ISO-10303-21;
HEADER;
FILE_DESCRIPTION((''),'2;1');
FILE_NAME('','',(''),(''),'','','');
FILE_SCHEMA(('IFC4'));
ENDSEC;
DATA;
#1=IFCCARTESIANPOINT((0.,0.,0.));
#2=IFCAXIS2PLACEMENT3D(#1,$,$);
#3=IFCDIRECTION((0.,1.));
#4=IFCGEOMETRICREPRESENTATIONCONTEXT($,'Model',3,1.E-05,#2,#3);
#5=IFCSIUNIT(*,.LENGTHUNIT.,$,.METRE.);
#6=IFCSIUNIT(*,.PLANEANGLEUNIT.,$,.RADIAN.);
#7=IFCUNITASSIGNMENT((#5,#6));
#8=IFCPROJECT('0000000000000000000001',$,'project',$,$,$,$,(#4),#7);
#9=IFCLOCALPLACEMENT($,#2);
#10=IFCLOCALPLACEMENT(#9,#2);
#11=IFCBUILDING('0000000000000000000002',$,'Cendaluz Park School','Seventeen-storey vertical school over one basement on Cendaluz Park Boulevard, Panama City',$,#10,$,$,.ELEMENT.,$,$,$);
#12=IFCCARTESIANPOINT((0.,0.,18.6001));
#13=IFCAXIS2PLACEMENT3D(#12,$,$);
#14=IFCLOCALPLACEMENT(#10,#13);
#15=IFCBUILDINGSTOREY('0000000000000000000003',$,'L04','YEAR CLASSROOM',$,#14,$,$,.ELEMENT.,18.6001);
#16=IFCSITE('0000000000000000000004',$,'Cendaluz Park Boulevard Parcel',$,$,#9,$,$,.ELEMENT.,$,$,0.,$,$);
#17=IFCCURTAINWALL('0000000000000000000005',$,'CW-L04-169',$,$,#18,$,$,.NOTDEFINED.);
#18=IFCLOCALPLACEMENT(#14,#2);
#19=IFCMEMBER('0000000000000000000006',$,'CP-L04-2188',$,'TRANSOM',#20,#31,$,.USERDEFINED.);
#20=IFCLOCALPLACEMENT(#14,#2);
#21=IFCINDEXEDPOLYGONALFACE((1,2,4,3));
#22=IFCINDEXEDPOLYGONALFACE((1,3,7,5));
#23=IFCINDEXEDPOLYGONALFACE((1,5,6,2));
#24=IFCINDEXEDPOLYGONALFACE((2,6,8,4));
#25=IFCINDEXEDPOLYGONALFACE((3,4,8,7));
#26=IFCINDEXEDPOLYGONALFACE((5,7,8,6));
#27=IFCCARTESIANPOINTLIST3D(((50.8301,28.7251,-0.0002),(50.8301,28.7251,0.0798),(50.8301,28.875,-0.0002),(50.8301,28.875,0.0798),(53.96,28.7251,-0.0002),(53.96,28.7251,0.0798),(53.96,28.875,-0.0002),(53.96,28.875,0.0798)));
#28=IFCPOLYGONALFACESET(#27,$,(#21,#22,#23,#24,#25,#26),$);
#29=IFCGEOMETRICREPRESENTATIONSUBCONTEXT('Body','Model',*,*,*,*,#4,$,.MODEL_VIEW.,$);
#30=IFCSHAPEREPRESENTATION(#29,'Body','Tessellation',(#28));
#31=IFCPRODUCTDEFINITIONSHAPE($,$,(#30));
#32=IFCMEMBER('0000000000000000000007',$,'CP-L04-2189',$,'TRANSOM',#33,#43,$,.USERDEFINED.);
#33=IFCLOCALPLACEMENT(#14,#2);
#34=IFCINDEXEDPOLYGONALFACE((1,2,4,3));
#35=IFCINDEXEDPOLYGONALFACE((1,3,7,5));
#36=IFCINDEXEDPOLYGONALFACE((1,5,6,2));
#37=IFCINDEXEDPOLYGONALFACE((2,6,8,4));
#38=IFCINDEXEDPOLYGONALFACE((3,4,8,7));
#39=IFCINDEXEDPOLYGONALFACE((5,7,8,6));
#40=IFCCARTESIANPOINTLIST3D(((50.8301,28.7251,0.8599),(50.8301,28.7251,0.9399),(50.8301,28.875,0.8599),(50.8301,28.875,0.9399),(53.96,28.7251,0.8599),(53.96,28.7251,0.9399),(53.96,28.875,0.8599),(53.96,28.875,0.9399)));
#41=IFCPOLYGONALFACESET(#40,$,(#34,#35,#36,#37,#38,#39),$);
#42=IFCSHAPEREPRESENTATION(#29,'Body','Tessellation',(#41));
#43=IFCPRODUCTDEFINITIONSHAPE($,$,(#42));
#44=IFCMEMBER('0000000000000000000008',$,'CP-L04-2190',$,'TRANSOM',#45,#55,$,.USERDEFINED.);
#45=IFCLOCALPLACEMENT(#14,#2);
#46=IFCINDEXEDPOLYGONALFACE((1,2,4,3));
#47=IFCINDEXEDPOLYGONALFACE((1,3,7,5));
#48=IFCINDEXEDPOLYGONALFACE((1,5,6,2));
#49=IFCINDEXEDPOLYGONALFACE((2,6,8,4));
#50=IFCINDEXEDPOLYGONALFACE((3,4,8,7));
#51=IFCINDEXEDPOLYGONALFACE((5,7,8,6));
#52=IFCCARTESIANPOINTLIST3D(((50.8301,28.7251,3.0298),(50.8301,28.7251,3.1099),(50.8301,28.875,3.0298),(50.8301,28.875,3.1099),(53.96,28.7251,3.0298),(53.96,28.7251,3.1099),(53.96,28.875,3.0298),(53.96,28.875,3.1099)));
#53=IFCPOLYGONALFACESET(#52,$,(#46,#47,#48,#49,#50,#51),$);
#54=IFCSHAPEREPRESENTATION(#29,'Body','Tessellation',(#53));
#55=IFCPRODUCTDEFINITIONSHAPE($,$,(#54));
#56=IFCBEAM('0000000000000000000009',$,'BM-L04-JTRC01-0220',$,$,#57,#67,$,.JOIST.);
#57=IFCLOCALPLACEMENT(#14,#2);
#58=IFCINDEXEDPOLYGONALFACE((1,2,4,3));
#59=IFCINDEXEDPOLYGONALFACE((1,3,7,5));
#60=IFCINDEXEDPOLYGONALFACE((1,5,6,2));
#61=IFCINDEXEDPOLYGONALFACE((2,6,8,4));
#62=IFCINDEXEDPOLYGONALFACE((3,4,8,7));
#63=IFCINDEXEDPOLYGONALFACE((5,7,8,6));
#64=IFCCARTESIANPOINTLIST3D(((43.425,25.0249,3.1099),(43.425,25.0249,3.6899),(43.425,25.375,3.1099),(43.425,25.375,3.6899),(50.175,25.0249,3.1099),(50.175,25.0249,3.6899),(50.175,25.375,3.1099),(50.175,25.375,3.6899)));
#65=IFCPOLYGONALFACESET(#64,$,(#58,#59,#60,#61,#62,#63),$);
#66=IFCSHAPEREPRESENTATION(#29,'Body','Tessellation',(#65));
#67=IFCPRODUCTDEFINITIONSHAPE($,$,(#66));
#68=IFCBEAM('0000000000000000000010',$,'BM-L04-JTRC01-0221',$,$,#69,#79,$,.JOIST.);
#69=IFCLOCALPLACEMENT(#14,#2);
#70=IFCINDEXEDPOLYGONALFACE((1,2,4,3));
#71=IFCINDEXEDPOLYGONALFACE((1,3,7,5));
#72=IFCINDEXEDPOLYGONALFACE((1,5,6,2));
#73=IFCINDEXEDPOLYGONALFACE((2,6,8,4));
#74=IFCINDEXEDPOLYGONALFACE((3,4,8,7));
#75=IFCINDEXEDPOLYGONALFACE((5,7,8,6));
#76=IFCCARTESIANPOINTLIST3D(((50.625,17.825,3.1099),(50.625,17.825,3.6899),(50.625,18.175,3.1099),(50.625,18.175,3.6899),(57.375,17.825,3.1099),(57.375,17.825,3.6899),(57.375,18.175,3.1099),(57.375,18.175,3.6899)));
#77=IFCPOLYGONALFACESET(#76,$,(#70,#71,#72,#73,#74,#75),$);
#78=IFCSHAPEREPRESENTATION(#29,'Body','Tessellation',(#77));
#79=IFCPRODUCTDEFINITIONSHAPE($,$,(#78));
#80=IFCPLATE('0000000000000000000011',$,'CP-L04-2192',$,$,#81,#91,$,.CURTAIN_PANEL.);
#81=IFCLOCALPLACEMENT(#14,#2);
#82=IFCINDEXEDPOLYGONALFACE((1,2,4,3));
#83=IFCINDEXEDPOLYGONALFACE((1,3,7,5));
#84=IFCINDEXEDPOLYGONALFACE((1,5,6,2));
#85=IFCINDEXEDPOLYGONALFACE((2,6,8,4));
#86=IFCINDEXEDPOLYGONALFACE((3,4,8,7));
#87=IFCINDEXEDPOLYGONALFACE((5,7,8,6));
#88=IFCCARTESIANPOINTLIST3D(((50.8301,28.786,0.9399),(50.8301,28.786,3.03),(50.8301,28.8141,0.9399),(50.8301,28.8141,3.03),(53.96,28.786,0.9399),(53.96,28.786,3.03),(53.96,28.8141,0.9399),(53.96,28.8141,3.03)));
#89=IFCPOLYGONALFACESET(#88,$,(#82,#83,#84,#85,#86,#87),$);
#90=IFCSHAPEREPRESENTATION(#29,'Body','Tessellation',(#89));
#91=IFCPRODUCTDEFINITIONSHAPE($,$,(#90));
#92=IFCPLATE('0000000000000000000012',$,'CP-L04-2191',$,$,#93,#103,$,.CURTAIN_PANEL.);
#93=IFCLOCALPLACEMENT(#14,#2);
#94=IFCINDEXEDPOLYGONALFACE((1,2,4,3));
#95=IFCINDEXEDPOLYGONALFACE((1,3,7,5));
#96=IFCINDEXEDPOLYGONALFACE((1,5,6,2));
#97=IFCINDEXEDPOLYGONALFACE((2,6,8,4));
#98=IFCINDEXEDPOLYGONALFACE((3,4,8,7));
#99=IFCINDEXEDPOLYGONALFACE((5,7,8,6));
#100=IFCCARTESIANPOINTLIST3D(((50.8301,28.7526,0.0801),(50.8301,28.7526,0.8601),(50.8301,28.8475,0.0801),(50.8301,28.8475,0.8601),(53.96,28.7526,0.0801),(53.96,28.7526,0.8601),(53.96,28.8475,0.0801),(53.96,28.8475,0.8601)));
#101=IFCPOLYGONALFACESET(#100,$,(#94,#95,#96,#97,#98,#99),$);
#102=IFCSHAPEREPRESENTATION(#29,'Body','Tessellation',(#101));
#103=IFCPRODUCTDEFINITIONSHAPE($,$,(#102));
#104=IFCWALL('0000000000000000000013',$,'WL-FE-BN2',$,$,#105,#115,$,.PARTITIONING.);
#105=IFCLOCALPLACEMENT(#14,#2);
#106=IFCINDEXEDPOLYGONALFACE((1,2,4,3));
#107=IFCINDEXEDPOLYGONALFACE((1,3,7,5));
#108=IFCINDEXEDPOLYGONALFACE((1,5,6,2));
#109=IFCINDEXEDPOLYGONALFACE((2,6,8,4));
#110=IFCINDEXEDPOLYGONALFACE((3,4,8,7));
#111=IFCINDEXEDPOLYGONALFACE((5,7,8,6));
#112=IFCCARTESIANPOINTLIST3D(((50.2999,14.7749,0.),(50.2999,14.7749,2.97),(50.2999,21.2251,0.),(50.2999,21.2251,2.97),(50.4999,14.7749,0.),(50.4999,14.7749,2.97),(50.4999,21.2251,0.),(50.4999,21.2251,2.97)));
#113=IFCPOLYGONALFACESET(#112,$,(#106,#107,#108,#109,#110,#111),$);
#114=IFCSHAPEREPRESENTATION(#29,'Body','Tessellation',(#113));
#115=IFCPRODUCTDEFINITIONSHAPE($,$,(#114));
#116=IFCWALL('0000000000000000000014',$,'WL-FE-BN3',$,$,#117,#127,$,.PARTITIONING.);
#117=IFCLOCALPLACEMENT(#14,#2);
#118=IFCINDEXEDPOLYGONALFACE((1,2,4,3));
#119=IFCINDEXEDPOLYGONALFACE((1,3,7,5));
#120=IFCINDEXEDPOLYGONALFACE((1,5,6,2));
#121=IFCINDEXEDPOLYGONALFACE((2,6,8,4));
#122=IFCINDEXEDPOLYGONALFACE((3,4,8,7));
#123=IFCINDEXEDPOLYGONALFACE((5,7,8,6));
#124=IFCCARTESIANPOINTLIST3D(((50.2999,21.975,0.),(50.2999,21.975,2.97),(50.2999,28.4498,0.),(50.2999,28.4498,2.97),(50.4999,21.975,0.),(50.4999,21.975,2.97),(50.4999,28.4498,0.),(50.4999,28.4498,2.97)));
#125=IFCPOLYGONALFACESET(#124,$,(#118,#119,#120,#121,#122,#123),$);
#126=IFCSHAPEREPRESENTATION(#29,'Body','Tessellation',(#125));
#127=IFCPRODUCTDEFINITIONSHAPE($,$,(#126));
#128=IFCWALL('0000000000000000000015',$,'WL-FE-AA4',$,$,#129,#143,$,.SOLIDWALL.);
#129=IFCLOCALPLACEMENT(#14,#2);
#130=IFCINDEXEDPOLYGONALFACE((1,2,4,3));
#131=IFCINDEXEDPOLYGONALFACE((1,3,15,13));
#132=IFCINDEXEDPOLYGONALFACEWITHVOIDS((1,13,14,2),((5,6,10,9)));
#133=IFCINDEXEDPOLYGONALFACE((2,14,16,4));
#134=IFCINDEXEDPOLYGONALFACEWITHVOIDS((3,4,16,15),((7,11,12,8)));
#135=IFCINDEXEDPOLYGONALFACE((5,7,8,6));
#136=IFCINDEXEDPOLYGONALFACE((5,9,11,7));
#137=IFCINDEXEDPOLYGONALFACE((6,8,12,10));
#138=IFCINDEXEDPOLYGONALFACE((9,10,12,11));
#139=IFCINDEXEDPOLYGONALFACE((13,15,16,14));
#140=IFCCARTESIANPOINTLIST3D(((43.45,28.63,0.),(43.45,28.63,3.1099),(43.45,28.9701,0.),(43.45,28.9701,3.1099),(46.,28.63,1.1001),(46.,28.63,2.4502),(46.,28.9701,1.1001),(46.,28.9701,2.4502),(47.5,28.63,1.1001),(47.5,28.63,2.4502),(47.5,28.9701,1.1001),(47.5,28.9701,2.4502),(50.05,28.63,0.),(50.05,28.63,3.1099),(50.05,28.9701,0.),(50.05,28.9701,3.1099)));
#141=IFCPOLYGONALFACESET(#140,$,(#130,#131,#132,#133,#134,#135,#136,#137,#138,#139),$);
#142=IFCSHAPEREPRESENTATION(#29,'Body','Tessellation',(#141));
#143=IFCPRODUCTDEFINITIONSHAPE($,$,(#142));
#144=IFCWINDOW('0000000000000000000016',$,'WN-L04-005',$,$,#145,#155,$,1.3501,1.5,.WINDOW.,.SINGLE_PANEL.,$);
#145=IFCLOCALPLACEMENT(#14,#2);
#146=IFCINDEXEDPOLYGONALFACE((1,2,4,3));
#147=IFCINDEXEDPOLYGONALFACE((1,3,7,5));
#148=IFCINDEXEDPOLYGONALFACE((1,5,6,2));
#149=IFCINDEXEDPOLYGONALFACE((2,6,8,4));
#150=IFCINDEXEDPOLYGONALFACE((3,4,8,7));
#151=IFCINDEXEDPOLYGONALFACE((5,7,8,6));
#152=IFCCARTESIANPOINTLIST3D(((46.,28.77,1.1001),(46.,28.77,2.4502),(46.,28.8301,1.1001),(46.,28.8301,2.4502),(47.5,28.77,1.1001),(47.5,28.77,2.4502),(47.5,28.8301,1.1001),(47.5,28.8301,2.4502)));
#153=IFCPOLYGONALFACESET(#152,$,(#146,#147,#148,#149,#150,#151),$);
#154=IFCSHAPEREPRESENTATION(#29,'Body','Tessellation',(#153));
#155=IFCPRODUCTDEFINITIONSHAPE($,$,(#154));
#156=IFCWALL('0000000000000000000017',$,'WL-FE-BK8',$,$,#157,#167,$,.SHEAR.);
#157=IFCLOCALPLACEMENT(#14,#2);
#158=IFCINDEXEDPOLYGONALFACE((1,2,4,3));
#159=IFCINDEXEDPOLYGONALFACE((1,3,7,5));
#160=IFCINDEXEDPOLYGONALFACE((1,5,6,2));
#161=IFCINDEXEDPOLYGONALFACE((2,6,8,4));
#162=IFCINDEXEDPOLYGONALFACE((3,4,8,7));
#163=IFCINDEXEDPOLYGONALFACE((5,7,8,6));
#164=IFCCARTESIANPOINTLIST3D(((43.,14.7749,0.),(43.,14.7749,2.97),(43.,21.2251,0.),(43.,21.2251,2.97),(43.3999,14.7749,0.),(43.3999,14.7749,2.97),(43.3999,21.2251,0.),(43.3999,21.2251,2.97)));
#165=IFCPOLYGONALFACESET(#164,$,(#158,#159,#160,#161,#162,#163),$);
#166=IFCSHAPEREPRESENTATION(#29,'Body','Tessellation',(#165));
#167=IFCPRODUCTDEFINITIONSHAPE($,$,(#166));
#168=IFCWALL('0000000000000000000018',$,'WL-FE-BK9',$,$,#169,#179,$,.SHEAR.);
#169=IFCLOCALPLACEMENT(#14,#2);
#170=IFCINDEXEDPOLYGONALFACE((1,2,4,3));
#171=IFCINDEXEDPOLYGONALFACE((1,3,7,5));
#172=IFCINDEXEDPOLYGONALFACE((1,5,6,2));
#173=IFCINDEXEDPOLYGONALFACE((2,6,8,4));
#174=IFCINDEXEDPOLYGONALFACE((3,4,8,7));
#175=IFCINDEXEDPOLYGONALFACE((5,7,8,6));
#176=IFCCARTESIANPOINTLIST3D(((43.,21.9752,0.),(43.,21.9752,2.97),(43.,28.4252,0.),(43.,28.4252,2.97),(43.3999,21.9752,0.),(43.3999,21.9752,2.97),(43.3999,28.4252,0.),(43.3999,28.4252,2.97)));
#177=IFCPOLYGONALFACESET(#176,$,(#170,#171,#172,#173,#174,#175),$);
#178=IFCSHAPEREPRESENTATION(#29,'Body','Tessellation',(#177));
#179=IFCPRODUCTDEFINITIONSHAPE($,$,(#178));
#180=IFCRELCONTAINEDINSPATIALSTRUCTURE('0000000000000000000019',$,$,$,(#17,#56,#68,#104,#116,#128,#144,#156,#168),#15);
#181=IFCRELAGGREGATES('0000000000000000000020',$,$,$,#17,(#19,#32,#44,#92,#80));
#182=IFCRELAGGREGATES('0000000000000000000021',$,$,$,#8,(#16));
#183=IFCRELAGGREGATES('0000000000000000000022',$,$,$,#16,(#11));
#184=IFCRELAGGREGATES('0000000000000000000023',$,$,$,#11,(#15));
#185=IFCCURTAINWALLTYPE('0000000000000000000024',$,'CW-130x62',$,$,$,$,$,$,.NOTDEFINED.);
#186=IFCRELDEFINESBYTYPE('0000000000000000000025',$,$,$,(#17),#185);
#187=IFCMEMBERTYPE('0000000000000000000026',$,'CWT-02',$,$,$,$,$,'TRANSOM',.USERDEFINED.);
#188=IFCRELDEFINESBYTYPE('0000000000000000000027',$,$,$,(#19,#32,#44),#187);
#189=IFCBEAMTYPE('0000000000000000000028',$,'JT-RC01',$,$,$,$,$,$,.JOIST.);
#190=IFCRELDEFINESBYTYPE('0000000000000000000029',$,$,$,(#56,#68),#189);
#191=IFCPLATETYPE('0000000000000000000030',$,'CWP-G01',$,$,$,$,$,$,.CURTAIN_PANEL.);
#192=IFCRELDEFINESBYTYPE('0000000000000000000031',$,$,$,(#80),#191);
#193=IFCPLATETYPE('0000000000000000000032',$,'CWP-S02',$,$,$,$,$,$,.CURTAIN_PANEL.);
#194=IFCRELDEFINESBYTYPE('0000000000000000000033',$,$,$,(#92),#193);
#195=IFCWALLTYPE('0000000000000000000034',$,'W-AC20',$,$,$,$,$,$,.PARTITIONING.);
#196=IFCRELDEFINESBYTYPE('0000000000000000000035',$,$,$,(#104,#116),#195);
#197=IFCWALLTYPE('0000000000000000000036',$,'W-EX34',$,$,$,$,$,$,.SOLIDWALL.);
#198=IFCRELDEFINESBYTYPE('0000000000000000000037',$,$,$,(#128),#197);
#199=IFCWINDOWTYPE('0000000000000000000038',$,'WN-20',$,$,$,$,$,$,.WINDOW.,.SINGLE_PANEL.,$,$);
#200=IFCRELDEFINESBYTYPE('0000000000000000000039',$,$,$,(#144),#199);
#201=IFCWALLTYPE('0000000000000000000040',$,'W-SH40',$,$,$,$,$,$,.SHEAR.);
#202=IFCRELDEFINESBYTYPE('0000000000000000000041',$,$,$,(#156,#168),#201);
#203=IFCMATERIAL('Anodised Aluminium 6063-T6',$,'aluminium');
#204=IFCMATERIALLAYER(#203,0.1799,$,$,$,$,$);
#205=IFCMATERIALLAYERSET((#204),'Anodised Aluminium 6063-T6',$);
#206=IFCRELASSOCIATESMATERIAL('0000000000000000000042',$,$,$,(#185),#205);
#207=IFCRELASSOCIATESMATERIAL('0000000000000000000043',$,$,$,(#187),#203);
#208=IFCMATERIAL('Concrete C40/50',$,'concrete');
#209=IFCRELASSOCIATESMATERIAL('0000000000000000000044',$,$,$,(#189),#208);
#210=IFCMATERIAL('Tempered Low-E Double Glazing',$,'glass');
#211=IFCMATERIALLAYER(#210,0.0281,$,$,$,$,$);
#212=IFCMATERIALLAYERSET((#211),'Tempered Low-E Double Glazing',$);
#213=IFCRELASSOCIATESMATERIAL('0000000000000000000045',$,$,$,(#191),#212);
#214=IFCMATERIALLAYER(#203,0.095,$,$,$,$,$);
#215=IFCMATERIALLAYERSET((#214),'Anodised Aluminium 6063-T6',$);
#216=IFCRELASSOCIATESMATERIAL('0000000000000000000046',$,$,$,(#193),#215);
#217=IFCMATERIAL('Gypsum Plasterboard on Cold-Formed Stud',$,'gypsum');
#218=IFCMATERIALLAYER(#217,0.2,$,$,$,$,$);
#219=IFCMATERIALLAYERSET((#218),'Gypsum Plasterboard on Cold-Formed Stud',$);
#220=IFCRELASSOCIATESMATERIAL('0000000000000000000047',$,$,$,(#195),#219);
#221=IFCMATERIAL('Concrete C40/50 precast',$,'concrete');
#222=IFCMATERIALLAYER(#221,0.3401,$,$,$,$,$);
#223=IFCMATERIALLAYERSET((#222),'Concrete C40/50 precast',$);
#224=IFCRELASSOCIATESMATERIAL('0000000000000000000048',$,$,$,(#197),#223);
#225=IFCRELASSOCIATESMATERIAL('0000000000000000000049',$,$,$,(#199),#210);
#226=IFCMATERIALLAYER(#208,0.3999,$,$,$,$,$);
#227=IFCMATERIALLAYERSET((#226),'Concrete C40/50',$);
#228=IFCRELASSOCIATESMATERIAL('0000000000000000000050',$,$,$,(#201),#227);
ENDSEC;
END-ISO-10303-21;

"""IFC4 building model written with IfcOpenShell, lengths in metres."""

from ifc_helpers import new_model, si_unit, direction, frame, frame_2d, origin, origin_2d, place, context, subcontext, project, spatial, rectangle, extrude, material, layer, layer_set, material_profile, profile_set, type_object, element, fill, aggregate, save


model = new_model("IFC4")

# Units and contexts
model_context = context("Model", 3, precision=1e-05, world=origin(), true_north=direction((0.0, 1.0)))
body_context = subcontext(model_context, "Body", "Model", "MODEL_VIEW")
ifc_project = project(units=[si_unit("LENGTHUNIT", "METRE"), si_unit("PLANEANGLEUNIT", "RADIAN")], contexts=[model_context])

# Site, building, storey
site_placement = place(None, origin())
site = spatial("IfcSite", under=ifc_project, at=site_placement, Name="Cendaluz Park Boulevard Parcel", CompositionType="ELEMENT", RefElevation=0.0)
building_placement = place(site_placement, origin())
building = spatial("IfcBuilding", under=site, at=building_placement, Name="Cendaluz Park School", Description="Seventeen-storey vertical school over one basement on Cendaluz Park Boulevard, Panama City", CompositionType="ELEMENT")
storey_placement = place(building_placement, frame((0.0, 0.0, 18.6001)))
storey = spatial("IfcBuildingStorey", under=building, at=storey_placement, Name="L04", Description="YEAR CLASSROOM", CompositionType="ELEMENT", Elevation=18.6001)

# Shared definitions
ifc_material_1 = material(Name="Concrete C40/50", Category="concrete")

# Curtain wall, members
ifc_material_2 = material(Name="Anodised Aluminium 6063-T6", Category="aluminium")
ifc_layer_1 = layer(ifc_material_2, 0.1799)
ifc_layer_set_1 = layer_set([ifc_layer_1], Name="Anodised Aluminium 6063-T6")
curtain_wall_type = type_object("IfcCurtainWallType", Name="CW-130x62", PredefinedType="NOTDEFINED", material=ifc_layer_set_1)
curtain_wall_placement = place(storey_placement, origin())
curtain_wall = element("IfcCurtainWall", 1, at=curtain_wall_placement, inside=storey, type_object=curtain_wall_type, Name="CW-L04-169", PredefinedType="NOTDEFINED")
ifc_material_profile_1 = material_profile(ifc_material_2, rectangle(XDim=0.1499, YDim=0.0801, at=origin_2d()), Name="CWT 150x80", Category="aluminium")
ifc_profile_set_1 = profile_set([ifc_material_profile_1], Name="Anodised Aluminium 6063-T6")
member_type_1 = type_object("IfcMemberType", Name="CWT-02", ElementType="TRANSOM", PredefinedType="USERDEFINED", material=ifc_profile_set_1)
member_1_placement = place(storey_placement, frame((50.8301, 28.8, 0.0398), z_axis=(1.0, 0.0, 0.0), x_axis=(0.0, 1.0, 0.0)))
member_1 = element("IfcMember", 2, at=member_1_placement, type_object=member_type_1, Name="CP-L04-2188", ObjectType="TRANSOM", PredefinedType="USERDEFINED", context=body_context, shape_type="SweptSolid", body=[
    extrude(rectangle(XDim=0.1499, YDim=0.0801, at=origin_2d()), origin(), (0.0, 0.0, 1.0), 3.1299),
])
member_2_placement = place(storey_placement, frame((50.8301, 28.8, 0.8999), z_axis=(1.0, 0.0, 0.0), x_axis=(0.0, 1.0, 0.0)))
member_2 = element("IfcMember", 3, at=member_2_placement, type_object=member_type_1, Name="CP-L04-2189", ObjectType="TRANSOM", PredefinedType="USERDEFINED", context=body_context, shape_type="SweptSolid", body=[
    extrude(rectangle(XDim=0.1499, YDim=0.0801, at=origin_2d()), origin(), (0.0, 0.0, 1.0), 3.1299),
])
member_3_placement = place(storey_placement, frame((50.8301, 28.8, 3.0698), z_axis=(1.0, 0.0, 0.0), x_axis=(0.0, 1.0, 0.0)))
member_3 = element("IfcMember", 4, at=member_3_placement, type_object=member_type_1, Name="CP-L04-2190", ObjectType="TRANSOM", PredefinedType="USERDEFINED", context=body_context, shape_type="SweptSolid", body=[
    extrude(rectangle(XDim=0.1499, YDim=0.0801, at=origin_2d()), origin(), (0.0, 0.0, 1.0), 3.1299),
])

# Beams
ifc_material_profile_2 = material_profile(ifc_material_1, rectangle(XDim=0.3501, YDim=0.5801, at=origin_2d()), Name="RC 350x580", Category="concrete")
ifc_profile_set_2 = profile_set([ifc_material_profile_2], Name="Concrete C40/50")
beam_type_1 = type_object("IfcBeamType", Name="JT-RC01", PredefinedType="JOIST", material=ifc_profile_set_2)
for number, where, z_axis, x_axis, name in (
    (5, (43.425, 25.2, 3.3999), (1.0, 0.0, 0.0), (0.0, 1.0, 0.0), "BM-L04-JTRC01-0220"),
    (6, (50.625, 18.0, 3.3999), (1.0, 0.0, 0.0), (0.0, 1.0, 0.0), "BM-L04-JTRC01-0221"),
):
    element("IfcBeam", number, at=place(storey_placement, frame(where, z_axis=z_axis, x_axis=x_axis)), inside=storey, type_object=beam_type_1, Name=name, PredefinedType="JOIST", context=body_context, shape_type="SweptSolid", body=[
        extrude(rectangle(XDim=0.3501, YDim=0.5801, at=origin_2d()), origin(), (0.0, 0.0, 1.0), 6.75),
    ])

# Plates
ifc_material_3 = material(Name="Tempered Low-E Double Glazing", Category="glass")
ifc_layer_2 = layer(ifc_material_3, 0.0281)
ifc_layer_set_2 = layer_set([ifc_layer_2], Name="Tempered Low-E Double Glazing")
plate_type_1 = type_object("IfcPlateType", Name="CWP-G01", PredefinedType="CURTAIN_PANEL", material=ifc_layer_set_2)
plate_1_placement = place(storey_placement, frame((52.395, 28.8, 0.9399), z_axis=(0.0, 0.0, 1.0), x_axis=(1.0, 0.0, 0.0)))
plate_1 = element("IfcPlate", 7, at=plate_1_placement, type_object=plate_type_1, Name="CP-L04-2192", PredefinedType="CURTAIN_PANEL", context=body_context, shape_type="SweptSolid", body=[
    extrude(rectangle(XDim=3.1299, YDim=0.0281, at=origin_2d()), origin(), (0.0, 0.0, 1.0), 2.0901),
])
ifc_layer_3 = layer(ifc_material_2, 0.095)
ifc_layer_set_3 = layer_set([ifc_layer_3], Name="Anodised Aluminium 6063-T6")
plate_type_2 = type_object("IfcPlateType", Name="CWP-S02", PredefinedType="CURTAIN_PANEL", material=ifc_layer_set_3)
plate_2_placement = place(storey_placement, frame((52.395, 28.8, 0.0801), z_axis=(0.0, 0.0, 1.0), x_axis=(1.0, 0.0, 0.0)))
plate_2 = element("IfcPlate", 8, at=plate_2_placement, type_object=plate_type_2, Name="CP-L04-2191", PredefinedType="CURTAIN_PANEL", context=body_context, shape_type="SweptSolid", body=[
    extrude(rectangle(XDim=3.1299, YDim=0.095, at=origin_2d()), origin(), (0.0, 0.0, 1.0), 0.78),
])
aggregate(curtain_wall, [member_1, member_2, member_3, plate_2, plate_1])

# Walls
ifc_material_4 = material(Name="Gypsum Plasterboard on Cold-Formed Stud", Category="gypsum")
ifc_layer_4 = layer(ifc_material_4, 0.2)
ifc_layer_set_4 = layer_set([ifc_layer_4], Name="Gypsum Plasterboard on Cold-Formed Stud")
wall_type_1 = type_object("IfcWallType", Name="W-AC20", PredefinedType="PARTITIONING", material=ifc_layer_set_4)
wall_1_placement = place(storey_placement, frame((50.3999, 14.7749, 0.0), z_axis=(0.0, 0.0, 1.0), x_axis=(0.0, 1.0, 0.0)))
element("IfcWall", 9, at=wall_1_placement, inside=storey, type_object=wall_type_1, Name="WL-FE-BN2", PredefinedType="PARTITIONING", context=body_context, shape_type="SweptSolid", body=[
    extrude(rectangle(XDim=6.4502, YDim=0.2, at=frame_2d((3.2251, 0.0))), origin(), (0.0, 0.0, 1.0), 2.97),
])
wall_2_placement = place(storey_placement, frame((50.3999, 21.9751, 0.0), z_axis=(0.0, 0.0, 1.0), x_axis=(0.0, 1.0, 0.0)))
element("IfcWall", 10, at=wall_2_placement, inside=storey, type_object=wall_type_1, Name="WL-FE-BN3", PredefinedType="PARTITIONING", context=body_context, shape_type="SweptSolid", body=[
    extrude(rectangle(XDim=6.4749, YDim=0.2, at=frame_2d((3.2373, 0.0))), origin(), (0.0, 0.0, 1.0), 2.97),
])

# Wall, opening, window
ifc_material_5 = material(Name="Concrete C40/50 precast", Category="concrete")
ifc_layer_5 = layer(ifc_material_5, 0.3401)
ifc_layer_set_5 = layer_set([ifc_layer_5], Name="Concrete C40/50 precast")
wall_type_2 = type_object("IfcWallType", Name="W-EX34", PredefinedType="SOLIDWALL", material=ifc_layer_set_5)
wall_3_placement = place(storey_placement, frame((43.45, 28.8, 0.0), z_axis=(0.0, 0.0, 1.0), x_axis=(1.0, 0.0, 0.0)))
wall_3 = element("IfcWall", 11, at=wall_3_placement, inside=storey, type_object=wall_type_2, Name="WL-FE-AA4", PredefinedType="SOLIDWALL", context=body_context, shape_type="SweptSolid", body=[
    extrude(rectangle(XDim=6.6001, YDim=0.3401, at=frame_2d((3.3, 0.0))), origin(), (0.0, 0.0, 1.0), 3.1099),
])
opening_1_placement = place(wall_3_placement, frame((2.55, 0.0, 1.1001)))
opening_1 = element("IfcOpeningElement", 12, at=opening_1_placement, cuts=wall_3, PredefinedType="OPENING", context=body_context, shape_type="SweptSolid", body=[
    extrude(rectangle(XDim=1.5, YDim=1.3501, at=frame_2d((0.75, 0.675))), frame((0.0, 0.1821, 0.0), z_axis=(0.0, -1.0, 0.0), x_axis=(1.0, 0.0, 0.0)), (0.0, 0.0, 1.0), 0.364),
])
window_type = type_object("IfcWindowType", Name="WN-20", PartitioningType="SINGLE_PANEL", PredefinedType="WINDOW", material=ifc_material_3)
window_placement = place(opening_1_placement, origin())
window = element("IfcWindow", 13, at=window_placement, inside=storey, type_object=window_type, Name="WN-L04-005", OverallHeight=1.3501, OverallWidth=1.5, PartitioningType="SINGLE_PANEL", PredefinedType="WINDOW", context=body_context, shape_type="SweptSolid", body=[
    extrude(rectangle(XDim=1.5, YDim=1.3501, at=frame_2d((0.75, 0.675))), frame((0.0, 0.03, 0.0), z_axis=(0.0, -1.0, 0.0), x_axis=(1.0, 0.0, 0.0)), (0.0, 0.0, 1.0), 0.0601),
])
fill(opening_1, window)

# Walls
ifc_layer_6 = layer(ifc_material_1, 0.3999)
ifc_layer_set_6 = layer_set([ifc_layer_6], Name="Concrete C40/50")
wall_type_3 = type_object("IfcWallType", Name="W-SH40", PredefinedType="SHEAR", material=ifc_layer_set_6)
wall_4_placement = place(storey_placement, frame((43.2, 14.7749, 0.0), z_axis=(0.0, 0.0, 1.0), x_axis=(0.0, 1.0, 0.0)))
element("IfcWall", 14, at=wall_4_placement, inside=storey, type_object=wall_type_3, Name="WL-FE-BK8", PredefinedType="SHEAR", context=body_context, shape_type="SweptSolid", body=[
    extrude(rectangle(XDim=6.4502, YDim=0.3999, at=frame_2d((3.2251, 0.0))), origin(), (0.0, 0.0, 1.0), 2.97),
])
wall_5_placement = place(storey_placement, frame((43.2, 21.9751, 0.0), z_axis=(0.0, 0.0, 1.0), x_axis=(0.0, 1.0, 0.0)))
element("IfcWall", 15, at=wall_5_placement, inside=storey, type_object=wall_type_3, Name="WL-FE-BK9", PredefinedType="SHEAR", context=body_context, shape_type="SweptSolid", body=[
    extrude(rectangle(XDim=6.45, YDim=0.3999, at=frame_2d((3.2251, 0.0))), origin(), (0.0, 0.0, 1.0), 2.97),
])

save(model, "model.ifc")
